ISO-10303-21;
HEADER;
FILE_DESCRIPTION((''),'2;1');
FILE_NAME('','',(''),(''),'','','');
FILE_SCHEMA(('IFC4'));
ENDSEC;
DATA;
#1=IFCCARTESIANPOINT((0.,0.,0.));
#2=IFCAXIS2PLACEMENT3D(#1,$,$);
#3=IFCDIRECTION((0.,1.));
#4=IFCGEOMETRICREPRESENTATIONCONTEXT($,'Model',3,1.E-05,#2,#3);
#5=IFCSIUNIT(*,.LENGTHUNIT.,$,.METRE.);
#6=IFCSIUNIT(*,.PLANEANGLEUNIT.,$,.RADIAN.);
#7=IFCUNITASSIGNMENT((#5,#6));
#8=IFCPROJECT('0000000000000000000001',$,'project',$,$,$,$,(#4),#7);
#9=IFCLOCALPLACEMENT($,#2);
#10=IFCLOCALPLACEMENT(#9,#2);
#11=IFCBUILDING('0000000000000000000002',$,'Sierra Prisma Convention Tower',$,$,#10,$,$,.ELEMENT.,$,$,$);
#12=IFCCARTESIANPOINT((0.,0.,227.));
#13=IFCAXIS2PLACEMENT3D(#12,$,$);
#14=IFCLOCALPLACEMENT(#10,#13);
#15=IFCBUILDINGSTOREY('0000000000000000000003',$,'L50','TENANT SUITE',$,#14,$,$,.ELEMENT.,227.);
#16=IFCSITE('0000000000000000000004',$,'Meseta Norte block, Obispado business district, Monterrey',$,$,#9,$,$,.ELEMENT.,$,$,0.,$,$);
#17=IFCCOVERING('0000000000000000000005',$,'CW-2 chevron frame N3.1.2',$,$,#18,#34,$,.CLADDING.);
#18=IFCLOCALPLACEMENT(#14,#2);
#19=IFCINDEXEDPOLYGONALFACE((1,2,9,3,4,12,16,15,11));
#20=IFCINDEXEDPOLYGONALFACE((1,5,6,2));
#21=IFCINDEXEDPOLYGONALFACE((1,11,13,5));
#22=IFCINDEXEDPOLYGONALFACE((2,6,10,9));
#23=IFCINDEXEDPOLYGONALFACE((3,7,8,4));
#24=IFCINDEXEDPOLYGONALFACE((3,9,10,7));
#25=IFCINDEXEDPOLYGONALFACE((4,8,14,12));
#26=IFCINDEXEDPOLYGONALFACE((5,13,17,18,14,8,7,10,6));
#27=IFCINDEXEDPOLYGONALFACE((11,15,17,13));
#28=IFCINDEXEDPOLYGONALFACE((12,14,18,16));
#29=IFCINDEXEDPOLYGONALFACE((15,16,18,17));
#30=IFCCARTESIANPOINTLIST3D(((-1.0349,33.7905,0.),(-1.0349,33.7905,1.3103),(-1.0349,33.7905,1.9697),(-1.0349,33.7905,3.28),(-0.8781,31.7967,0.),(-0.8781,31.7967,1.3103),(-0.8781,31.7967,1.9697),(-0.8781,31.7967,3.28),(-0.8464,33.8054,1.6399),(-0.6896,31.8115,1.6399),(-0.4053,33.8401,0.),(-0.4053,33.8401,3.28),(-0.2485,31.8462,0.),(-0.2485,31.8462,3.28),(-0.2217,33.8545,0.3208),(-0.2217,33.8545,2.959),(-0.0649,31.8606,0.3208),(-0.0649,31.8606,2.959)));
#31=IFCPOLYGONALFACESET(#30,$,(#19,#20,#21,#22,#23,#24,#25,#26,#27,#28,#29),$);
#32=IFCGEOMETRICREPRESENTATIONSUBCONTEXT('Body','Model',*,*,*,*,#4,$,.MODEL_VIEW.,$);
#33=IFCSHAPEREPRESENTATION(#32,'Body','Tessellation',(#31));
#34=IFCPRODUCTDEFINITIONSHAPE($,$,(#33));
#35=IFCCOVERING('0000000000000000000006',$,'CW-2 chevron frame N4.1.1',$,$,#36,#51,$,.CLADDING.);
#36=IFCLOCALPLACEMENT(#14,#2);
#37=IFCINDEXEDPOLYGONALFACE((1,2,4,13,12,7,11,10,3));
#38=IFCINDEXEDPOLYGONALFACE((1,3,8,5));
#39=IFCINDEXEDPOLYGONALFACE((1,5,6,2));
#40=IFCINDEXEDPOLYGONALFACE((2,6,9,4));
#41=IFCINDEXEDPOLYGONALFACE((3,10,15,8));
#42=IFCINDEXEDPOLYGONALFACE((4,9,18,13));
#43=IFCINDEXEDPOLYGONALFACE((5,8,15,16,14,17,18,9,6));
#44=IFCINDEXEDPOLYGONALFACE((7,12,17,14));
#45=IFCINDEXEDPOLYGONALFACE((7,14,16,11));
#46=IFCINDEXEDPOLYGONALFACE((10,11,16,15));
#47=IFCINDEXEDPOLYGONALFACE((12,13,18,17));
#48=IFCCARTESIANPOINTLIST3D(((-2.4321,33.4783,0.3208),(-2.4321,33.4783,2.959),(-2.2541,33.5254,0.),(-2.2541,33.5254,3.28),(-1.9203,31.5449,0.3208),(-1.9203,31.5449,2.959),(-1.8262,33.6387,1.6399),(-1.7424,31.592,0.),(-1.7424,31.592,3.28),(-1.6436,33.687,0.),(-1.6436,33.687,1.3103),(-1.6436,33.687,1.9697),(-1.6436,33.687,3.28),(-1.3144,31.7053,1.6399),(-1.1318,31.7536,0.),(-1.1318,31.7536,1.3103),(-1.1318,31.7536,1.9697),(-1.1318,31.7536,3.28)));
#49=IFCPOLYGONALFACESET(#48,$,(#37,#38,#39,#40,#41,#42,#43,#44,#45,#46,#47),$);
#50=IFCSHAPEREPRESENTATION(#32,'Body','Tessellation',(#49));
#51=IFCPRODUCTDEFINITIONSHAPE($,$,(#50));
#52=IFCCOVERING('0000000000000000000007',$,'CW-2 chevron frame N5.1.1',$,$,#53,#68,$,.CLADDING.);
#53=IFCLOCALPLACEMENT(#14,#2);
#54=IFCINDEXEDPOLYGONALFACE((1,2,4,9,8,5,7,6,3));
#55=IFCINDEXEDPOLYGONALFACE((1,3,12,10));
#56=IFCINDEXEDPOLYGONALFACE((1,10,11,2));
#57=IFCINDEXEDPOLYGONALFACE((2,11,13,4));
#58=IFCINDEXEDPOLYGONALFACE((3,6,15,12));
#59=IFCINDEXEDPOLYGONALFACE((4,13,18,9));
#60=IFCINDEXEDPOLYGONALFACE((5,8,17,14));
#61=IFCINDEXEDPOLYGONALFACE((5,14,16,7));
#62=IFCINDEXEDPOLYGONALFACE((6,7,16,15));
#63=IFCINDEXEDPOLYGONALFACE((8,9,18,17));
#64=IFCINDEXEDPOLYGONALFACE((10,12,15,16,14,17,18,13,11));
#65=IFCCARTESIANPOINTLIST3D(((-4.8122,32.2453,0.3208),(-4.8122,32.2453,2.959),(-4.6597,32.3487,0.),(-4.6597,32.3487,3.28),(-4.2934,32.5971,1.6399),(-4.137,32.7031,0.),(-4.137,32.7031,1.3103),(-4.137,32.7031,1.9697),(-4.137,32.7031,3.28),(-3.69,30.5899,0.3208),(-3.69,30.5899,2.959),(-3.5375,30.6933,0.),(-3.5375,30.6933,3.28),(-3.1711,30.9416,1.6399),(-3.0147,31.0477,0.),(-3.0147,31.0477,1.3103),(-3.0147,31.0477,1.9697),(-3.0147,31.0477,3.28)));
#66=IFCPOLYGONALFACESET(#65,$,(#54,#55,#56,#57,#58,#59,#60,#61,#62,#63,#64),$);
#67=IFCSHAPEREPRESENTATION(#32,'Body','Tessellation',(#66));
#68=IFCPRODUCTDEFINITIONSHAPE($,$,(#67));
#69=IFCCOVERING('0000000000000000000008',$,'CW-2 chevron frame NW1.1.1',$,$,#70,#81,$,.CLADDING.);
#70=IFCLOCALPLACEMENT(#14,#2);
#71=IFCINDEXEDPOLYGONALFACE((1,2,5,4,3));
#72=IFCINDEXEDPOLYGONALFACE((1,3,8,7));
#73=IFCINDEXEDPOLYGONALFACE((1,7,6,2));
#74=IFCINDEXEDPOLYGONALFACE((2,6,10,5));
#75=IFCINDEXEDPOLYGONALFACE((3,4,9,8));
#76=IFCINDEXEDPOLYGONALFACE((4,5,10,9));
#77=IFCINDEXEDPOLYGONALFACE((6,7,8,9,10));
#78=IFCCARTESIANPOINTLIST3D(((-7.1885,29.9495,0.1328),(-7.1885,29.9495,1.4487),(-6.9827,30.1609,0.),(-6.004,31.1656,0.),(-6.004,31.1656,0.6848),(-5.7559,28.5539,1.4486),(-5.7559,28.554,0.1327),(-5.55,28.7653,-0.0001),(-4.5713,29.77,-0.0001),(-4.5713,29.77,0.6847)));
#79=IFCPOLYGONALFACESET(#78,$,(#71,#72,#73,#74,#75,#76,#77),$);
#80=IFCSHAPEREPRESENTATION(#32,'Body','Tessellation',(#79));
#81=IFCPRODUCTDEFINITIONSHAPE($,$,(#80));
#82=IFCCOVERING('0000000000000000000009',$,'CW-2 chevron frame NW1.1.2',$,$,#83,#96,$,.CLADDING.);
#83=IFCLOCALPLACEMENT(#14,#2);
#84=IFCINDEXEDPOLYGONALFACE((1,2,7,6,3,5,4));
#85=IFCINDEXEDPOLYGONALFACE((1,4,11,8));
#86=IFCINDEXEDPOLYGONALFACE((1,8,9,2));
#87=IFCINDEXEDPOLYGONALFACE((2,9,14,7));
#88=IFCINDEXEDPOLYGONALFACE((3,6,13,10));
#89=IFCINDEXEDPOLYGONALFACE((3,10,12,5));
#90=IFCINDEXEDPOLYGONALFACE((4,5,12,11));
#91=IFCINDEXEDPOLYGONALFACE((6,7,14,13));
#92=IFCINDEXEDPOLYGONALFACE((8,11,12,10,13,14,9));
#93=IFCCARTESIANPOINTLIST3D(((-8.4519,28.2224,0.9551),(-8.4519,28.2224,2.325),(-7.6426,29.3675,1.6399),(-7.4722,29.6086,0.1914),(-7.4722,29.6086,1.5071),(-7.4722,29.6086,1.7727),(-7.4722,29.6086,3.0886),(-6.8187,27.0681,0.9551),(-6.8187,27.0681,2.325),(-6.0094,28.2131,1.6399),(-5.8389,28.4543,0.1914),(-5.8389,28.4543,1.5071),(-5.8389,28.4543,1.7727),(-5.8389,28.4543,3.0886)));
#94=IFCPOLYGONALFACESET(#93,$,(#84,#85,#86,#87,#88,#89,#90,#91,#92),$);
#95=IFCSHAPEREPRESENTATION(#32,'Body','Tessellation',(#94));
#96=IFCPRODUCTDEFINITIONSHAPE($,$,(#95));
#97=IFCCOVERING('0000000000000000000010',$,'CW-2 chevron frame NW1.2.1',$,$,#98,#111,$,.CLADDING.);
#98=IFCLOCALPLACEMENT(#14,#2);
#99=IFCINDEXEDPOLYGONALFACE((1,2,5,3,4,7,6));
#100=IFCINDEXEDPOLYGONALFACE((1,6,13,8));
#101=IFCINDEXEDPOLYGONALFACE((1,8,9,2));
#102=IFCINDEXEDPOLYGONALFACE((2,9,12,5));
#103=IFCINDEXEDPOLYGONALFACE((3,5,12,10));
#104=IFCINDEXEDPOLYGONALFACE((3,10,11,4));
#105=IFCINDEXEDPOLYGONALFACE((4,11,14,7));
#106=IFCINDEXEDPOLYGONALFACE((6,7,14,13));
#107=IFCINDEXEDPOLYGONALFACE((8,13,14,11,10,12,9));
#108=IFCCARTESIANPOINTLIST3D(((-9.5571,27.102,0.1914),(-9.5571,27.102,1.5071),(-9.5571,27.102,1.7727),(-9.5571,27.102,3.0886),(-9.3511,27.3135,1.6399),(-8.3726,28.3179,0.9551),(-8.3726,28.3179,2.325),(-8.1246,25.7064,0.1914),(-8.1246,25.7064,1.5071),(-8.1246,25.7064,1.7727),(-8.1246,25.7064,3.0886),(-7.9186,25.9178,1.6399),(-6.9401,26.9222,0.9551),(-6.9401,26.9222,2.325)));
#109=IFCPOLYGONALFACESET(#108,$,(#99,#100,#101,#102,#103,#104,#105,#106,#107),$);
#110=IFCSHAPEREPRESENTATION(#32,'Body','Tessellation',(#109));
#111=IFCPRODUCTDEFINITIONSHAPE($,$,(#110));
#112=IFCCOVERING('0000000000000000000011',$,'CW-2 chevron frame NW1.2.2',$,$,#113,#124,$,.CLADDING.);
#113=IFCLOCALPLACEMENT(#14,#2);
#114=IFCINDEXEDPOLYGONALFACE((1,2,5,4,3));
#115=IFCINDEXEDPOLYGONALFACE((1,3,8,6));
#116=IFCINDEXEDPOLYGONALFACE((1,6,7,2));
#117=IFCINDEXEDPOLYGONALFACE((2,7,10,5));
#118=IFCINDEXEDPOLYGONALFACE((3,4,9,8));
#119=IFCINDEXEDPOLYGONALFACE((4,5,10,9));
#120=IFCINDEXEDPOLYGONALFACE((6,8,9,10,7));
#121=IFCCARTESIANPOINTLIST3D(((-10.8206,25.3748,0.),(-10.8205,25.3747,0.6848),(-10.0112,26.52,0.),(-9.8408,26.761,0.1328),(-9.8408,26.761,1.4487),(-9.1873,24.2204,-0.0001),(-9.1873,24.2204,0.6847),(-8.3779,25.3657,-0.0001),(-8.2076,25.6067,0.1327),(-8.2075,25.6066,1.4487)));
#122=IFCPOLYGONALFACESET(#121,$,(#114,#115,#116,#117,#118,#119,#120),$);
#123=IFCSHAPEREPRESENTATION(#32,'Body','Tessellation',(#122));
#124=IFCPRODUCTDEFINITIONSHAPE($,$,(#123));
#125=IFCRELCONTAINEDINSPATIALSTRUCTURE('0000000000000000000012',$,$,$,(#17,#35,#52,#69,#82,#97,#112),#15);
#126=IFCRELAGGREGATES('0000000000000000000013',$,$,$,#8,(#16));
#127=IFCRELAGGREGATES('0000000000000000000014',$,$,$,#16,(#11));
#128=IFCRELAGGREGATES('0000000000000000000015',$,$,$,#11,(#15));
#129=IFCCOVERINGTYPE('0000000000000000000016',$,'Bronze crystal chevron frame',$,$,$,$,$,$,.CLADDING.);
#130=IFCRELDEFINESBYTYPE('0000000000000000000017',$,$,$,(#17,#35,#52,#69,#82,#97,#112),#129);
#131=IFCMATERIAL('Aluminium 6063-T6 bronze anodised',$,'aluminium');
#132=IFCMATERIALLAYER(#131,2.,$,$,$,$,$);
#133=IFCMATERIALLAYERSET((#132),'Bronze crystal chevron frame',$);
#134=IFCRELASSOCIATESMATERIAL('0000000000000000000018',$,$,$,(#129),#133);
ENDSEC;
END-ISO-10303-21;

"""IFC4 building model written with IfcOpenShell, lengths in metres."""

from ifc_helpers import new_model, si_unit, direction, frame, origin, place, context, subcontext, project, spatial, polyline, outline, extrude, material, layer, layer_set, type_object, element, save


model = new_model("IFC4")

# Units and contexts
model_context = context("Model", 3, precision=1e-05, world=origin(), true_north=direction((0.0, 1.0)))
body_context = subcontext(model_context, "Body", "Model", "MODEL_VIEW")
ifc_project = project(units=[si_unit("LENGTHUNIT", "METRE"), si_unit("PLANEANGLEUNIT", "RADIAN")], contexts=[model_context])

# Site, building, storey
site_placement = place(None, origin())
site = spatial("IfcSite", under=ifc_project, at=site_placement, Name="Meseta Norte block, Obispado business district, Monterrey", CompositionType="ELEMENT", RefElevation=0.0)
building_placement = place(site_placement, origin())
building = spatial("IfcBuilding", under=site, at=building_placement, Name="Sierra Prisma Convention Tower", CompositionType="ELEMENT")
storey_placement = place(building_placement, frame((0.0, 0.0, 227.0)))
storey = spatial("IfcBuildingStorey", under=building, at=storey_placement, Name="L50", Description="TENANT SUITE", CompositionType="ELEMENT", Elevation=227.0)

# Coverings
ifc_material_1 = material(Name="Aluminium 6063-T6 bronze anodised", Category="aluminium")
ifc_layer_1 = layer(ifc_material_1, 2.0)
ifc_layer_set_1 = layer_set([ifc_layer_1], Name="Bronze crystal chevron frame")
covering_type = type_object("IfcCoveringType", Name="Bronze crystal chevron frame", PredefinedType="CLADDING", material=ifc_layer_set_1)
covering_1_placement = place(storey_placement, frame((-0.2217, 33.8545, 0.3208), z_axis=(-0.078409, 0.996921, 0.0), x_axis=(-0.496324, -0.039036, -0.867259)))
element("IfcCovering", 1, at=covering_1_placement, inside=storey, type_object=covering_type, Name="CW-2 chevron frame N3.1.2", PredefinedType="CLADDING", context=body_context, shape_type="SweptSolid", body=[
    extrude(outline(polyline([(0.0, 0.0), (0.3699, 0.0), (0.6843, 0.5477), (-0.452, 1.2001), (-0.832, 1.2002), (-1.0239, 1.5284), (-2.1603, 2.1807), (-2.4747, 1.633), (-2.288, 1.3134), (0.0, 0.0)])), origin(), (0.0, 0.0, -1.0), 2.0),
])
covering_2_placement = place(storey_placement, frame((-1.6436, 33.687, 0.0), z_axis=(-0.255892, 0.966705, 0.0), x_axis=(-0.966705, -0.255892, 0.0)))
element("IfcCovering", 2, at=covering_2_placement, inside=storey, type_object=covering_type, Name="CW-2 chevron frame N4.1.1", PredefinedType="CLADDING", context=body_context, shape_type="SweptSolid", body=[
    extrude(outline(polyline([(0.0, 0.0), (0.6316, 0.0), (0.8157, 0.3208), (0.8157, 2.959), (0.6316, 3.28), (0.0, 3.28), (0.0, 1.9697), (0.1889, 1.6399), (0.0, 1.3103), (0.0, 0.0)])), origin(), (0.0, 0.0, -1.0), 2.0),
])
covering_3_placement = place(storey_placement, frame((-4.137, 32.7031, 0.0), z_axis=(-0.561131, 0.827727, 0.0), x_axis=(-0.827727, -0.561131, 0.0)))
element("IfcCovering", 3, at=covering_3_placement, inside=storey, type_object=covering_type, Name="CW-2 chevron frame N5.1.1", PredefinedType="CLADDING", context=body_context, shape_type="SweptSolid", body=[
    extrude(outline(polyline([(0.0, 0.0), (0.6316, 0.0), (0.8158, 0.3208), (0.8158, 2.959), (0.6316, 3.28), (0.0, 3.28), (0.0, 1.9697), (0.189, 1.6399), (0.0, 1.3103), (0.0, 0.0)])), origin(), (0.0, 0.0, -1.0), 2.0),
])
covering_4_placement = place(storey_placement, frame((-6.9827, 30.1609, 0.0), z_axis=(-0.716319, 0.697773, 0.000047), x_axis=(-0.63627, -0.65321, 0.410459)))
element("IfcCovering", 4, at=covering_4_placement, inside=storey, type_object=covering_type, Name="CW-2 chevron frame NW1.1.1", PredefinedType="CLADDING", context=body_context, shape_type="SweptSolid", body=[
    extrude(outline(polyline([(0.0, 0.0), (0.3236, 0.0), (0.8637, 1.2), (-0.9979, 1.2002), (-1.279, 0.5757), (0.0, 0.0)])), origin(), (0.0, 0.0, -1.0), 2.0),
])
covering_5_placement = place(storey_placement, frame((-7.4722, 29.6086, 1.5071), z_axis=(-0.816628, 0.577165, 0.0), x_axis=(0.0, 0.0, -1.0)))
element("IfcCovering", 5, at=covering_5_placement, inside=storey, type_object=covering_type, Name="CW-2 chevron frame NW1.1.2", PredefinedType="CLADDING", context=body_context, shape_type="SweptSolid", body=[
    extrude(outline(polyline([(0.0, 0.0), (1.3157, 0.0), (0.552, 1.6975), (-0.8179, 1.6975), (-1.5815, 0.0), (-0.2656, 0.0), (-0.1328, 0.2953), (0.0, 0.0)])), origin(), (0.0, 0.0, -1.0), 2.0),
])
covering_6_placement = place(storey_placement, frame((-8.3726, 28.3179, 0.9551), z_axis=(-0.716253, 0.697841, 0.0), x_axis=(-0.636403, -0.653194, -0.410279)))
element("IfcCovering", 6, at=covering_6_placement, inside=storey, type_object=covering_type, Name="CW-2 chevron frame NW1.2.1", PredefinedType="CLADDING", context=body_context, shape_type="SweptSolid", body=[
    extrude(outline(polyline([(0.0, 0.0), (1.8613, 0.0), (1.3216, 1.1998), (0.9978, 1.1998), (1.2126, 1.4421), (0.6727, 2.6421), (-0.562, 1.2493), (0.0, 0.0)])), origin(), (0.0, 0.0, -1.0), 2.0),
])
covering_7_placement = place(storey_placement, frame((-9.8408, 26.761, 0.1328), z_axis=(-0.816631, 0.57716, 0.00004), x_axis=(-0.526337, -0.744692, -0.410369)))
element("IfcCovering", 7, at=covering_7_placement, inside=storey, type_object=covering_type, Name="CW-2 chevron frame NW1.2.2", PredefinedType="CLADDING", context=body_context, shape_type="SweptSolid", body=[
    extrude(outline(polyline([(0.0, 0.0), (0.3236, 0.0), (1.6025, 0.5755), (1.3215, 1.2), (-0.54, 1.2), (0.0, 0.0)])), origin(), (0.0, 0.0, -1.0), 2.0),
])

save(model, "model.ifc")
